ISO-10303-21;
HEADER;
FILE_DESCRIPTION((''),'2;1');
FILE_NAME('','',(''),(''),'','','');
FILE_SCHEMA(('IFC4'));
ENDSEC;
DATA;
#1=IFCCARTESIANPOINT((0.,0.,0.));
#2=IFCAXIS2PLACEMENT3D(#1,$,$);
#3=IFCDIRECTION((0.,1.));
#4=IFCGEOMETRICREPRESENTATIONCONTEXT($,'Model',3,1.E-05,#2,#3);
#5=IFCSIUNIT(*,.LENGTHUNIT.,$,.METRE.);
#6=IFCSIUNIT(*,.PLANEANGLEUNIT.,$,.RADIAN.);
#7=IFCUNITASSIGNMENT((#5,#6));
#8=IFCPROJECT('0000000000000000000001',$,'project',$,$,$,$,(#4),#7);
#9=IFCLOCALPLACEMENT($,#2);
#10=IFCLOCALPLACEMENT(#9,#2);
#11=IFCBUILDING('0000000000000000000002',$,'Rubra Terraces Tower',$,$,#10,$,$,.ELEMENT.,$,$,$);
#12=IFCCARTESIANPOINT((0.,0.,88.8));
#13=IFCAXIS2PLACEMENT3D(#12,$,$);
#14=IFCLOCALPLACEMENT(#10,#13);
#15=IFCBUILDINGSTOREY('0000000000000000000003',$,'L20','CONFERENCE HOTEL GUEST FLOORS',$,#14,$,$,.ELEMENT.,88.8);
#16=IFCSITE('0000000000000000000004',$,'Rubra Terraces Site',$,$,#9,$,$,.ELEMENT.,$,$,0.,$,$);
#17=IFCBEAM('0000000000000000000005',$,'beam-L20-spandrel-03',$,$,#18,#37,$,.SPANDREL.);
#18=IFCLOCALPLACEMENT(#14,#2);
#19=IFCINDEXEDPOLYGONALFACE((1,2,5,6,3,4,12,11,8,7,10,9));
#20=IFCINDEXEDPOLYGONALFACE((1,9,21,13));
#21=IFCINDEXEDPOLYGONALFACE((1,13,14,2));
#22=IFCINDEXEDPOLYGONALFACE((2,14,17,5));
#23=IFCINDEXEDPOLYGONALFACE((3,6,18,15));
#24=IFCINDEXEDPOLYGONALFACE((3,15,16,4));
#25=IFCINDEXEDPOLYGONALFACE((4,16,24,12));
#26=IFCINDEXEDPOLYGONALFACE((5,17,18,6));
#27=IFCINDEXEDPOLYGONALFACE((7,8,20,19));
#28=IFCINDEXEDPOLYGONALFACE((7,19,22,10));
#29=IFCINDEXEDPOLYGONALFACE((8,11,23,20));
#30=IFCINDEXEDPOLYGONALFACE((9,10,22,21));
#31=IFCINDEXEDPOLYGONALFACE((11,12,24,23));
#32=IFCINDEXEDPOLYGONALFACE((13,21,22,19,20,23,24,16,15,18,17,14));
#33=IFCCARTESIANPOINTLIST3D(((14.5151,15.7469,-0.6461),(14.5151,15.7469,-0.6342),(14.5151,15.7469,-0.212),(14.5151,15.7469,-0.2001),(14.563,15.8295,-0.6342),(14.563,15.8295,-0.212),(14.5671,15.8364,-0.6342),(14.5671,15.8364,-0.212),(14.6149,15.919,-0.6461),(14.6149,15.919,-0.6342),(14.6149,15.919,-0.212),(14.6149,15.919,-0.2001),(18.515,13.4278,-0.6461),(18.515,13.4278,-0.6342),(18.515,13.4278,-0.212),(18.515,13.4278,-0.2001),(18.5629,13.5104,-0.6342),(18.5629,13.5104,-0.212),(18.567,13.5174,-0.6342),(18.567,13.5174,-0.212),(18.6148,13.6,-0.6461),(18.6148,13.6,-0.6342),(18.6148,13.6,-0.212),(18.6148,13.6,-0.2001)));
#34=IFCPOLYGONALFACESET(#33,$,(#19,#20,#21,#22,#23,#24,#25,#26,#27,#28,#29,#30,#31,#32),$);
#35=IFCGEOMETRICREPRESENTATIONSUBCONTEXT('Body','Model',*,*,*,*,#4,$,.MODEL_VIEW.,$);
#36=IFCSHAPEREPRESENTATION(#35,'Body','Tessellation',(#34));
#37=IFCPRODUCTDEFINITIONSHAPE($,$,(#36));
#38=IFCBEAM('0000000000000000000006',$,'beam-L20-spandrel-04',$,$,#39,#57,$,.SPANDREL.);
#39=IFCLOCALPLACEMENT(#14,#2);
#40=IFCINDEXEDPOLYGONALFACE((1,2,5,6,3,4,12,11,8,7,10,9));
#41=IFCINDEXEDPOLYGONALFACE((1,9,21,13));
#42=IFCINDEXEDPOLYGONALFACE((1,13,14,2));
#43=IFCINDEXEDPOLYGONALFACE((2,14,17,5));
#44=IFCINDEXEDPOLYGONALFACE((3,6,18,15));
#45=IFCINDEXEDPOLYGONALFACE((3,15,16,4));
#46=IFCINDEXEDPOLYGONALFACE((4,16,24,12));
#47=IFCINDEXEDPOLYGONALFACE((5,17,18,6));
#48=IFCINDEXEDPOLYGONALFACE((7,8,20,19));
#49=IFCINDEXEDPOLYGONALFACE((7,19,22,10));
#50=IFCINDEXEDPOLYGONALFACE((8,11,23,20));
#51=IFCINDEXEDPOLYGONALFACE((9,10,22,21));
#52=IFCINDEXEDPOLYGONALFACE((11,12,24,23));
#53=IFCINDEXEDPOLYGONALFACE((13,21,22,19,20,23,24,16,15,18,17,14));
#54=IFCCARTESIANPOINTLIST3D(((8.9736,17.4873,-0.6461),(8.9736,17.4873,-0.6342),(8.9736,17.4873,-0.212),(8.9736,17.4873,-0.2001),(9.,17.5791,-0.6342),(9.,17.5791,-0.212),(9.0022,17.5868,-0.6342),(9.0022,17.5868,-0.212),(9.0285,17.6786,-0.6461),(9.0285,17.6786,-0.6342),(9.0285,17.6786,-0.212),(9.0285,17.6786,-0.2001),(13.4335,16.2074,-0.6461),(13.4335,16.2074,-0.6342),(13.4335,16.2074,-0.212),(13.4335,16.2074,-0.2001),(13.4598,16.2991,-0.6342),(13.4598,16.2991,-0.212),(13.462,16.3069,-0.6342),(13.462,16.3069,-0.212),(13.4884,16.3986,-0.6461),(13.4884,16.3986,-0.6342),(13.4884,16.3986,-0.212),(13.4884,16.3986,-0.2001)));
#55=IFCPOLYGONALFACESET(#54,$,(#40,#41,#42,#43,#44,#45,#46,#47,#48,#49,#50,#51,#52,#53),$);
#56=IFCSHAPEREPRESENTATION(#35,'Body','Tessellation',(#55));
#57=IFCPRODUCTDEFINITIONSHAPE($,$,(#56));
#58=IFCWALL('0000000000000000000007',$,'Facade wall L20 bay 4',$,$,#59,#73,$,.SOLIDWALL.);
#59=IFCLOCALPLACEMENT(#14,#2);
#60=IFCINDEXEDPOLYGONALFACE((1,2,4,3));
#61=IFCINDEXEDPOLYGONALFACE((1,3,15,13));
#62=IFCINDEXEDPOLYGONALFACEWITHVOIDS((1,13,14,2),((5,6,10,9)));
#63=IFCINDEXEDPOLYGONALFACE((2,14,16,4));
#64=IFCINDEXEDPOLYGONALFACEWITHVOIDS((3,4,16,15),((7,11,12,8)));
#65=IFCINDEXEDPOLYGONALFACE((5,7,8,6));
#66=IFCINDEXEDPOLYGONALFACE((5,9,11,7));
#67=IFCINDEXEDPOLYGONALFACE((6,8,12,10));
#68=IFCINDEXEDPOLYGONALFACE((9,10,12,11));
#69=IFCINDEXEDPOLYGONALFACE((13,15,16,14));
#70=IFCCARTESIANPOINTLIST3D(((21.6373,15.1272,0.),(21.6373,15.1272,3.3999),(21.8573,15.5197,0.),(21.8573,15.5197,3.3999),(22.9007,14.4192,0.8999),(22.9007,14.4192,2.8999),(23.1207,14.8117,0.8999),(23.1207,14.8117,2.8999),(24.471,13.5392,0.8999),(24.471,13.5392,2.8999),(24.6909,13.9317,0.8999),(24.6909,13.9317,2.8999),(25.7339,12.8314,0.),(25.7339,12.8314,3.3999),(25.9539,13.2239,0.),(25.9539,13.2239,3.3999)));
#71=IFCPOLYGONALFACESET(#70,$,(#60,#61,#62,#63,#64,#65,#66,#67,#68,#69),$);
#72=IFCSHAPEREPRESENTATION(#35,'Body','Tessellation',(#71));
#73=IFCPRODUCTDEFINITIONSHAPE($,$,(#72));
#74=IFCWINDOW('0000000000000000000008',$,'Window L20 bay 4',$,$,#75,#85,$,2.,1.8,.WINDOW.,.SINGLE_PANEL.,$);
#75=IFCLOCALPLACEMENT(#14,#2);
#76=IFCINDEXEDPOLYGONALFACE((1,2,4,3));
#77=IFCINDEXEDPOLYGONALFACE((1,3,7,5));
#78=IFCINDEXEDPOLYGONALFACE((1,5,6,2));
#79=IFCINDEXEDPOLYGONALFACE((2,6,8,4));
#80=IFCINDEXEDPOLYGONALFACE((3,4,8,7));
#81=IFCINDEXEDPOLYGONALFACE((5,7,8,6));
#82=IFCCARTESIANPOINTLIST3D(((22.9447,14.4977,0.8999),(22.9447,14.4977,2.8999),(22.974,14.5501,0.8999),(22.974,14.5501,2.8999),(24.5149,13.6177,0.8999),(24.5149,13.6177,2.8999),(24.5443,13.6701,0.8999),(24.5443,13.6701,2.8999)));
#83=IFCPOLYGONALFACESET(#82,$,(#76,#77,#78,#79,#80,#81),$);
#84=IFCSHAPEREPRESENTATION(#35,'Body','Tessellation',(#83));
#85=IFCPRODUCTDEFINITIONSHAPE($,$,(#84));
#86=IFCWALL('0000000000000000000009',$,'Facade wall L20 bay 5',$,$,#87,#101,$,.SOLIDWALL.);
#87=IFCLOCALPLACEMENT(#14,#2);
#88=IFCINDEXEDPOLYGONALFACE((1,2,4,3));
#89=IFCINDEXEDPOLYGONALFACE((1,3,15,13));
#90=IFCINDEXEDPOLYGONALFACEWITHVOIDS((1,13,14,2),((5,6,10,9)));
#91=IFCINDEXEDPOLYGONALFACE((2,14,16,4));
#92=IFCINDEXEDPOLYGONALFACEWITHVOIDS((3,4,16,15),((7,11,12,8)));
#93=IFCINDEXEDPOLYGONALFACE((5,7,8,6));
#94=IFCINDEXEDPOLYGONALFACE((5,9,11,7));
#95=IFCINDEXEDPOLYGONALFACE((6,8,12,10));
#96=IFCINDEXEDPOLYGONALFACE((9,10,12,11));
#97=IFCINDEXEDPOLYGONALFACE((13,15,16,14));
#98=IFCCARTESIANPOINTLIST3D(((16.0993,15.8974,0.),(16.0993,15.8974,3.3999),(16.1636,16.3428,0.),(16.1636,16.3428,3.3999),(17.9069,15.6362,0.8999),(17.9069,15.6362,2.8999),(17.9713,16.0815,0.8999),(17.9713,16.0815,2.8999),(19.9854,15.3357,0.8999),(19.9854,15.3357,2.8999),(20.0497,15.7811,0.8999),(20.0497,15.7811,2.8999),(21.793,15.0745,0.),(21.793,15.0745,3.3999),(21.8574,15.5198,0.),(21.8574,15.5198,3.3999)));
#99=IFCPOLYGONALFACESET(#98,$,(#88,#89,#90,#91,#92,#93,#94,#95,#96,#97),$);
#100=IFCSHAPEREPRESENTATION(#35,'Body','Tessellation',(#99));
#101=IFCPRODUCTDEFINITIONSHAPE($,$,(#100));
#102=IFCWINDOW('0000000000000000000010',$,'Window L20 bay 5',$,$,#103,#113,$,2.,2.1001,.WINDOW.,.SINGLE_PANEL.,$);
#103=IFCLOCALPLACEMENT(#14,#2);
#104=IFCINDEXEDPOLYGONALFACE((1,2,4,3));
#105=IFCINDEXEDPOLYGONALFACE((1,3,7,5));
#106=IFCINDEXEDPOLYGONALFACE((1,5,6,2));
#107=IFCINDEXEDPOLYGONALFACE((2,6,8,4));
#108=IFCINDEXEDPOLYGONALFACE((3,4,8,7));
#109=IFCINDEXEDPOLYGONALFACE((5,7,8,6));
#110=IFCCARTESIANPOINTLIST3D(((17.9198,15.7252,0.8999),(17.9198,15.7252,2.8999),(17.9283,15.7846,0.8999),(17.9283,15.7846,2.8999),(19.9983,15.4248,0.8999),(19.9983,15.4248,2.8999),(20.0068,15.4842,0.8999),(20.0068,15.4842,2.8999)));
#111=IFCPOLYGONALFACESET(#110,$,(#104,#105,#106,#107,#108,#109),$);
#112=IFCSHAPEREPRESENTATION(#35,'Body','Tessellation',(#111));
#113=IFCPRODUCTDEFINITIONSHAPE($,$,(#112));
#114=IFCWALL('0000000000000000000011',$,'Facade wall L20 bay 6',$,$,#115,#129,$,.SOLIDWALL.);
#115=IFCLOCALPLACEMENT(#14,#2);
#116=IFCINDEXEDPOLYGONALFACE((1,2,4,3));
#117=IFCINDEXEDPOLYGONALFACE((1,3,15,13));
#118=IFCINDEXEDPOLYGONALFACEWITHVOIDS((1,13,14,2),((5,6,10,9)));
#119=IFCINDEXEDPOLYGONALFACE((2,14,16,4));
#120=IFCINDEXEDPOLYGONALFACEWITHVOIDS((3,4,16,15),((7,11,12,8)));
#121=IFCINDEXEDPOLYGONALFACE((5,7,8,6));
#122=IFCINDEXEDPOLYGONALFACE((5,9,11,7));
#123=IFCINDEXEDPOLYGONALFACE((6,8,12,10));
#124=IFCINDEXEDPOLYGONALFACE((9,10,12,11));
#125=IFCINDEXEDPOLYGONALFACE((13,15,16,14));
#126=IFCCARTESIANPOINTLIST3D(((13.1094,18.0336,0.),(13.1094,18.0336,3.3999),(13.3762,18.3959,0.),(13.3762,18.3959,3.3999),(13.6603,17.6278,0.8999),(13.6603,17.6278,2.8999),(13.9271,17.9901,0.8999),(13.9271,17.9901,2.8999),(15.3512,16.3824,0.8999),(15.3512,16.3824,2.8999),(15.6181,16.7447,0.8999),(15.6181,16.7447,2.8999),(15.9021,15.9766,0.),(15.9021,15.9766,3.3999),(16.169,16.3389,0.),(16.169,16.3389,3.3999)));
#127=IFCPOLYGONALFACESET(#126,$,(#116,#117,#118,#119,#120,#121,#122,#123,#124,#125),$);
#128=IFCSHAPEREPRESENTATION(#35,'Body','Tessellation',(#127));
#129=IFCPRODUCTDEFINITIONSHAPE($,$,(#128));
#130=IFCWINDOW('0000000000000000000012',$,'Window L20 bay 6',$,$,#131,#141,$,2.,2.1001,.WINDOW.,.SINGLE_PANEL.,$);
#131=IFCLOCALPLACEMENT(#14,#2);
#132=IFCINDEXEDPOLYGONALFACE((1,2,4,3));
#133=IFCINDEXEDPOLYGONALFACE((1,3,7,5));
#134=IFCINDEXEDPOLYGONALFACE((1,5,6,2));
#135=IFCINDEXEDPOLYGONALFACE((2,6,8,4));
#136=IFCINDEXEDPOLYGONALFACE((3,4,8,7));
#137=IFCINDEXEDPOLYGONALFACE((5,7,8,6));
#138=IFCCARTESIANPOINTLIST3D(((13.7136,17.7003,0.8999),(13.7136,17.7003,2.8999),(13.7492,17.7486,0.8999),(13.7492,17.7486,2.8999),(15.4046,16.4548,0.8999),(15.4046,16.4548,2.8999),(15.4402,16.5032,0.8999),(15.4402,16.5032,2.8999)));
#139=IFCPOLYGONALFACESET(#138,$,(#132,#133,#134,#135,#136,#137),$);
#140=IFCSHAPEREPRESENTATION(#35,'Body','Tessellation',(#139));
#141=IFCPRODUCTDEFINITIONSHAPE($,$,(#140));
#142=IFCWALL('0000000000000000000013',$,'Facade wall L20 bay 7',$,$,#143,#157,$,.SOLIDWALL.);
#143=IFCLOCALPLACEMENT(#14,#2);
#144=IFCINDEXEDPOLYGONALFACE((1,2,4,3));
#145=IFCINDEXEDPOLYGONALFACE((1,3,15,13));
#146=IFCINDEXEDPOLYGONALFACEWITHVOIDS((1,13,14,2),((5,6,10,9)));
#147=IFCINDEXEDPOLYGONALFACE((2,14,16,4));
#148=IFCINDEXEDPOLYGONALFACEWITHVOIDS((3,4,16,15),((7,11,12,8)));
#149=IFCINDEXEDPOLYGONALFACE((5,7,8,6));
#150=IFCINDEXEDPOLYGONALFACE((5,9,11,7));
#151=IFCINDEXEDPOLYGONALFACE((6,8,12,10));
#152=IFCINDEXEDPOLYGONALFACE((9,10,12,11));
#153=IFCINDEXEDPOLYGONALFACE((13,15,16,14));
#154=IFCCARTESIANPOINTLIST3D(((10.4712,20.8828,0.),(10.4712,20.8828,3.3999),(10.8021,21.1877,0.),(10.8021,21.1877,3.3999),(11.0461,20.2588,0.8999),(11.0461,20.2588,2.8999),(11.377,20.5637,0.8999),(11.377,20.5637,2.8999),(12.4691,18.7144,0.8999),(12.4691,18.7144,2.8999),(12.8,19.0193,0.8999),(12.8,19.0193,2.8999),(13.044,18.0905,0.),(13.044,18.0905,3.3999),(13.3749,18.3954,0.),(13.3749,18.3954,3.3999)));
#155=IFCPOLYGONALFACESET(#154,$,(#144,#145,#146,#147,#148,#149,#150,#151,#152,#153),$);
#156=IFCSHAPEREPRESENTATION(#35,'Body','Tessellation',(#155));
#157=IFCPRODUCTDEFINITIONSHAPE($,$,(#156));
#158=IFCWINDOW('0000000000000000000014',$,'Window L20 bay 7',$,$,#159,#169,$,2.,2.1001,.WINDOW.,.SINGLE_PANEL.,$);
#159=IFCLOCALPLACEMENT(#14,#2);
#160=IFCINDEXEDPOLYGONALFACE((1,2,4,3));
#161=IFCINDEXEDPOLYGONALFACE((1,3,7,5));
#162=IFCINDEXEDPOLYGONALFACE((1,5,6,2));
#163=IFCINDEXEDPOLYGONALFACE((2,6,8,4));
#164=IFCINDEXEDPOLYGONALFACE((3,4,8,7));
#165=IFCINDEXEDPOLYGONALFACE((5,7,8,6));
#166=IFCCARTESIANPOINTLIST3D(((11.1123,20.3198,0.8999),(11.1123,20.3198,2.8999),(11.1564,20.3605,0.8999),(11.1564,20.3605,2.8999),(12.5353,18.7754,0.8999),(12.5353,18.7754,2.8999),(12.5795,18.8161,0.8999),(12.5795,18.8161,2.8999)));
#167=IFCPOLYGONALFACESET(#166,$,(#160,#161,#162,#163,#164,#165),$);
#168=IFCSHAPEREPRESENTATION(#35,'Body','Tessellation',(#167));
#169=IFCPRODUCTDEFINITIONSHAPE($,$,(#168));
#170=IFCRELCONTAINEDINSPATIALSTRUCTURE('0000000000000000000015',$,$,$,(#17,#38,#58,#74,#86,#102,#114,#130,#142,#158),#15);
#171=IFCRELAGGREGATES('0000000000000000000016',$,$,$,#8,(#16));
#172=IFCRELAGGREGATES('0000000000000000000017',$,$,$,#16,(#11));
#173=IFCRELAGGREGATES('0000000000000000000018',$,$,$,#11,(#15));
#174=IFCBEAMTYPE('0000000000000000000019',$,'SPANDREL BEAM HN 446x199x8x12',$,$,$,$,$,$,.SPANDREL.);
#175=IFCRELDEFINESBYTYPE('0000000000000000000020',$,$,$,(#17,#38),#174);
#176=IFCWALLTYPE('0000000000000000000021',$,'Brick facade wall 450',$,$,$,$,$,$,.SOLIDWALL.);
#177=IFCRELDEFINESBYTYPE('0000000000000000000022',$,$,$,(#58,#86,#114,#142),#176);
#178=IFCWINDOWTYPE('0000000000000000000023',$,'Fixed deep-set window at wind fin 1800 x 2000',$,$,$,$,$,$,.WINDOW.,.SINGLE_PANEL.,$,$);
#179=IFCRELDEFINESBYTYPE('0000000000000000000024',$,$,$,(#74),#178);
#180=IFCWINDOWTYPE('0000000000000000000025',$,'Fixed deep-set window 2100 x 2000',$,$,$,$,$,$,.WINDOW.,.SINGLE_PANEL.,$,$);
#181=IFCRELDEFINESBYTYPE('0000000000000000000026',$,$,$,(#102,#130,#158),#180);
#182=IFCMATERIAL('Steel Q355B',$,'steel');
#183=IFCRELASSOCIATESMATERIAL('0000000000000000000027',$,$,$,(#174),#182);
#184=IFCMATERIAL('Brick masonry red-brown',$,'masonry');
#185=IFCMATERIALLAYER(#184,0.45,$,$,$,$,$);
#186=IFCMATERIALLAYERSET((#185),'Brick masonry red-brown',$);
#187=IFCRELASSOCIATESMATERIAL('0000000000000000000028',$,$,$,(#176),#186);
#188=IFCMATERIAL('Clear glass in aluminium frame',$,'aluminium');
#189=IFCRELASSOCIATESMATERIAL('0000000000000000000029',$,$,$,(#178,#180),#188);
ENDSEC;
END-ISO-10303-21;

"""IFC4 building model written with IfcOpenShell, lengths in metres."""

from ifc_helpers import new_model, si_unit, direction, frame, frame_2d, origin, origin_2d, place, context, subcontext, project, spatial, rectangle, i_section, extrude, material, layer, layer_set, material_profile, profile_set, type_object, element, fill, save


model = new_model("IFC4")

# Units and contexts
model_context = context("Model", 3, precision=1e-05, world=origin(), true_north=direction((0.0, 1.0)))
body_context = subcontext(model_context, "Body", "Model", "MODEL_VIEW")
ifc_project = project(units=[si_unit("LENGTHUNIT", "METRE"), si_unit("PLANEANGLEUNIT", "RADIAN")], contexts=[model_context])

# Site, building, storey
site_placement = place(None, origin())
site = spatial("IfcSite", under=ifc_project, at=site_placement, Name="Rubra Terraces Site", CompositionType="ELEMENT", RefElevation=0.0)
building_placement = place(site_placement, origin())
building = spatial("IfcBuilding", under=site, at=building_placement, Name="Rubra Terraces Tower", CompositionType="ELEMENT")
storey_placement = place(building_placement, frame((0.0, 0.0, 88.8)))
storey = spatial("IfcBuildingStorey", under=building, at=storey_placement, Name="L20", Description="CONFERENCE HOTEL GUEST FLOORS", CompositionType="ELEMENT", Elevation=88.8)

# Beams
ifc_material_1 = material(Name="Steel Q355B", Category="steel")
ifc_material_profile_1 = material_profile(ifc_material_1, i_section(OverallWidth=0.199, OverallDepth=0.446, WebThickness=0.0081, FlangeThickness=0.012, at=origin_2d()), Name="HN 446x199x8x12")
ifc_profile_set_1 = profile_set([ifc_material_profile_1], Name="Steel Q355B")
beam_type_1 = type_object("IfcBeamType", Name="SPANDREL BEAM HN 446x199x8x12", PredefinedType="SPANDREL", material=ifc_profile_set_1)
beam_1_placement = place(storey_placement, frame((18.5649, 13.5139, -0.4231), z_axis=(-0.865116, 0.501571, 0.0), x_axis=(-0.501571, -0.865116, 0.0)))
element("IfcBeam", 1, at=beam_1_placement, inside=storey, type_object=beam_type_1, Name="beam-L20-spandrel-03", PredefinedType="SPANDREL", context=body_context, shape_type="SweptSolid", body=[
    extrude(i_section(OverallWidth=0.199, OverallDepth=0.446, WebThickness=0.0081, FlangeThickness=0.012, at=origin_2d()), origin(), (0.0, 0.0, 1.0), 4.6235),
])
beam_2_placement = place(storey_placement, frame((13.4609, 16.303, -0.4231), z_axis=(-0.961196, 0.275868, 0.0), x_axis=(-0.275868, -0.961196, 0.0)))
element("IfcBeam", 2, at=beam_2_placement, inside=storey, type_object=beam_type_1, Name="beam-L20-spandrel-04", PredefinedType="SPANDREL", context=body_context, shape_type="SweptSolid", body=[
    extrude(i_section(OverallWidth=0.199, OverallDepth=0.446, WebThickness=0.0081, FlangeThickness=0.012, at=origin_2d()), origin(), (0.0, 0.0, 1.0), 4.6399),
])

# Walls, openings, windows
ifc_material_2 = material(Name="Brick masonry red-brown", Category="masonry")
ifc_layer_1 = layer(ifc_material_2, 0.45)
ifc_layer_set_1 = layer_set([ifc_layer_1], Name="Brick masonry red-brown")
wall_type_1 = type_object("IfcWallType", Name="Brick facade wall 450", PredefinedType="SOLIDWALL", material=ifc_layer_set_1)
wall_1_placement = place(storey_placement, frame((25.844, 13.0276, 0.0), z_axis=(0.0, 0.0, 1.0), x_axis=(-0.872346, 0.488888, 0.0)))
wall_1 = element("IfcWall", 3, at=wall_1_placement, inside=storey, type_object=wall_type_1, Name="Facade wall L20 bay 4", PredefinedType="SOLIDWALL", context=body_context, shape_type="SweptSolid", body=[
    extrude(rectangle(XDim=4.696, YDim=0.45, at=frame_2d((2.3481, 0.0))), origin(), (0.0, 0.0, 1.0), 3.3999),
])
opening_1_placement = place(wall_1_placement, frame((1.448, 0.0, 0.8999)))
opening_1 = element("IfcOpeningElement", 4, at=opening_1_placement, cuts=wall_1, PredefinedType="OPENING", context=body_context, shape_type="SweptSolid", body=[
    extrude(rectangle(XDim=1.8, YDim=2.0, at=frame_2d((0.8999, 1.0))), frame((0.0, 0.2349, 0.0), z_axis=(0.0, -1.0, 0.0), x_axis=(1.0, 0.0, 0.0)), (0.0, 0.0, 1.0), 0.47),
])
ifc_material_3 = material(Name="Clear glass in aluminium frame", Category="aluminium")
window_type_1 = type_object("IfcWindowType", Name="Fixed deep-set window at wind fin 1800 x 2000", PartitioningType="SINGLE_PANEL", PredefinedType="WINDOW", material=ifc_material_3)
window_1_placement = place(opening_1_placement, origin())
window_1 = element("IfcWindow", 5, at=window_1_placement, inside=storey, type_object=window_type_1, Name="Window L20 bay 4", OverallHeight=2.0, OverallWidth=1.8, PartitioningType="SINGLE_PANEL", PredefinedType="WINDOW", context=body_context, shape_type="SweptSolid", body=[
    extrude(rectangle(XDim=1.8, YDim=2.0, at=frame_2d((0.8999, 1.0))), frame((0.0, 0.135, 0.0), z_axis=(0.0, -1.0, 0.0), x_axis=(1.0, 0.0, 0.0)), (0.0, 0.0, 1.0), 0.0601),
])
fill(opening_1, window_1)
wall_2_placement = place(storey_placement, frame((21.8252, 15.2971, 0.0), z_axis=(0.0, 0.0, 1.0), x_axis=(-0.989715, 0.143055, 0.0)))
wall_2 = element("IfcWall", 6, at=wall_2_placement, inside=storey, type_object=wall_type_1, Name="Facade wall L20 bay 5", PredefinedType="SOLIDWALL", context=body_context, shape_type="SweptSolid", body=[
    extrude(rectangle(XDim=5.7529, YDim=0.45, at=frame_2d((2.8765, 0.0))), origin(), (0.0, 0.0, 1.0), 3.3999),
])
opening_2_placement = place(wall_2_placement, frame((1.8264, 0.0, 0.8999)))
opening_2 = element("IfcOpeningElement", 7, at=opening_2_placement, cuts=wall_2, PredefinedType="OPENING", context=body_context, shape_type="SweptSolid", body=[
    extrude(rectangle(XDim=2.1001, YDim=2.0, at=frame_2d((1.05, 1.0))), frame((0.0, 0.2349, 0.0), z_axis=(0.0, -1.0, 0.0), x_axis=(1.0, 0.0, 0.0)), (0.0, 0.0, 1.0), 0.47),
])
window_type_2 = type_object("IfcWindowType", Name="Fixed deep-set window 2100 x 2000", PartitioningType="SINGLE_PANEL", PredefinedType="WINDOW", material=ifc_material_3)
window_2_placement = place(opening_2_placement, origin())
window_2 = element("IfcWindow", 8, at=window_2_placement, inside=storey, type_object=window_type_2, Name="Window L20 bay 5", OverallHeight=2.0, OverallWidth=2.1001, PartitioningType="SINGLE_PANEL", PredefinedType="WINDOW", context=body_context, shape_type="SweptSolid", body=[
    extrude(rectangle(XDim=2.1001, YDim=2.0, at=frame_2d((1.05, 1.0))), frame((0.0, 0.135, 0.0), z_axis=(0.0, -1.0, 0.0), x_axis=(1.0, 0.0, 0.0)), (0.0, 0.0, 1.0), 0.0601),
])
fill(opening_2, window_2)
wall_3_placement = place(storey_placement, frame((16.0356, 16.1577, 0.0), z_axis=(0.0, 0.0, 1.0), x_axis=(-0.805181, 0.593029, 0.0)))
wall_3 = element("IfcWall", 9, at=wall_3_placement, inside=storey, type_object=wall_type_1, Name="Facade wall L20 bay 6", PredefinedType="SOLIDWALL", context=body_context, shape_type="SweptSolid", body=[
    extrude(rectangle(XDim=3.4685, YDim=0.45, at=frame_2d((1.7344, 0.0))), origin(), (0.0, 0.0, 1.0), 3.3999),
])
opening_3_placement = place(wall_3_placement, frame((0.6843, 0.0, 0.8999)))
opening_3 = element("IfcOpeningElement", 10, at=opening_3_placement, cuts=wall_3, PredefinedType="OPENING", context=body_context, shape_type="SweptSolid", body=[
    extrude(rectangle(XDim=2.1001, YDim=2.0, at=frame_2d((1.05, 1.0))), frame((0.0, 0.2349, 0.0), z_axis=(0.0, -1.0, 0.0), x_axis=(1.0, 0.0, 0.0)), (0.0, 0.0, 1.0), 0.47),
])
window_3_placement = place(opening_3_placement, origin())
window_3 = element("IfcWindow", 11, at=window_3_placement, inside=storey, type_object=window_type_2, Name="Window L20 bay 6", OverallHeight=2.0, OverallWidth=2.1001, PartitioningType="SINGLE_PANEL", PredefinedType="WINDOW", context=body_context, shape_type="SweptSolid", body=[
    extrude(rectangle(XDim=2.1001, YDim=2.0, at=frame_2d((1.05, 1.0))), frame((0.0, 0.135, 0.0), z_axis=(0.0, -1.0, 0.0), x_axis=(1.0, 0.0, 0.0)), (0.0, 0.0, 1.0), 0.0601),
])
fill(opening_3, window_3)
wall_4_placement = place(storey_placement, frame((13.2095, 18.2429, 0.0), z_axis=(0.0, 0.0, 1.0), x_axis=(-0.677612, 0.735419, 0.0)))
wall_4 = element("IfcWall", 12, at=wall_4_placement, inside=storey, type_object=wall_type_1, Name="Facade wall L20 bay 7", PredefinedType="SOLIDWALL", context=body_context, shape_type="SweptSolid", body=[
    extrude(rectangle(XDim=3.7969, YDim=0.45, at=frame_2d((1.8984, 0.0))), origin(), (0.0, 0.0, 1.0), 3.3999),
])
opening_4_placement = place(wall_4_placement, frame((0.8484, 0.0, 0.8999)))
opening_4 = element("IfcOpeningElement", 13, at=opening_4_placement, cuts=wall_4, PredefinedType="OPENING", context=body_context, shape_type="SweptSolid", body=[
    extrude(rectangle(XDim=2.1001, YDim=2.0, at=frame_2d((1.05, 1.0))), frame((0.0, 0.2349, 0.0), z_axis=(0.0, -1.0, 0.0), x_axis=(1.0, 0.0, 0.0)), (0.0, 0.0, 1.0), 0.47),
])
window_4_placement = place(opening_4_placement, origin())
window_4 = element("IfcWindow", 14, at=window_4_placement, inside=storey, type_object=window_type_2, Name="Window L20 bay 7", OverallHeight=2.0, OverallWidth=2.1001, PartitioningType="SINGLE_PANEL", PredefinedType="WINDOW", context=body_context, shape_type="SweptSolid", body=[
    extrude(rectangle(XDim=2.1001, YDim=2.0, at=frame_2d((1.05, 1.0))), frame((0.0, 0.135, 0.0), z_axis=(0.0, -1.0, 0.0), x_axis=(1.0, 0.0, 0.0)), (0.0, 0.0, 1.0), 0.0601),
])
fill(opening_4, window_4)

save(model, "model.ifc")
